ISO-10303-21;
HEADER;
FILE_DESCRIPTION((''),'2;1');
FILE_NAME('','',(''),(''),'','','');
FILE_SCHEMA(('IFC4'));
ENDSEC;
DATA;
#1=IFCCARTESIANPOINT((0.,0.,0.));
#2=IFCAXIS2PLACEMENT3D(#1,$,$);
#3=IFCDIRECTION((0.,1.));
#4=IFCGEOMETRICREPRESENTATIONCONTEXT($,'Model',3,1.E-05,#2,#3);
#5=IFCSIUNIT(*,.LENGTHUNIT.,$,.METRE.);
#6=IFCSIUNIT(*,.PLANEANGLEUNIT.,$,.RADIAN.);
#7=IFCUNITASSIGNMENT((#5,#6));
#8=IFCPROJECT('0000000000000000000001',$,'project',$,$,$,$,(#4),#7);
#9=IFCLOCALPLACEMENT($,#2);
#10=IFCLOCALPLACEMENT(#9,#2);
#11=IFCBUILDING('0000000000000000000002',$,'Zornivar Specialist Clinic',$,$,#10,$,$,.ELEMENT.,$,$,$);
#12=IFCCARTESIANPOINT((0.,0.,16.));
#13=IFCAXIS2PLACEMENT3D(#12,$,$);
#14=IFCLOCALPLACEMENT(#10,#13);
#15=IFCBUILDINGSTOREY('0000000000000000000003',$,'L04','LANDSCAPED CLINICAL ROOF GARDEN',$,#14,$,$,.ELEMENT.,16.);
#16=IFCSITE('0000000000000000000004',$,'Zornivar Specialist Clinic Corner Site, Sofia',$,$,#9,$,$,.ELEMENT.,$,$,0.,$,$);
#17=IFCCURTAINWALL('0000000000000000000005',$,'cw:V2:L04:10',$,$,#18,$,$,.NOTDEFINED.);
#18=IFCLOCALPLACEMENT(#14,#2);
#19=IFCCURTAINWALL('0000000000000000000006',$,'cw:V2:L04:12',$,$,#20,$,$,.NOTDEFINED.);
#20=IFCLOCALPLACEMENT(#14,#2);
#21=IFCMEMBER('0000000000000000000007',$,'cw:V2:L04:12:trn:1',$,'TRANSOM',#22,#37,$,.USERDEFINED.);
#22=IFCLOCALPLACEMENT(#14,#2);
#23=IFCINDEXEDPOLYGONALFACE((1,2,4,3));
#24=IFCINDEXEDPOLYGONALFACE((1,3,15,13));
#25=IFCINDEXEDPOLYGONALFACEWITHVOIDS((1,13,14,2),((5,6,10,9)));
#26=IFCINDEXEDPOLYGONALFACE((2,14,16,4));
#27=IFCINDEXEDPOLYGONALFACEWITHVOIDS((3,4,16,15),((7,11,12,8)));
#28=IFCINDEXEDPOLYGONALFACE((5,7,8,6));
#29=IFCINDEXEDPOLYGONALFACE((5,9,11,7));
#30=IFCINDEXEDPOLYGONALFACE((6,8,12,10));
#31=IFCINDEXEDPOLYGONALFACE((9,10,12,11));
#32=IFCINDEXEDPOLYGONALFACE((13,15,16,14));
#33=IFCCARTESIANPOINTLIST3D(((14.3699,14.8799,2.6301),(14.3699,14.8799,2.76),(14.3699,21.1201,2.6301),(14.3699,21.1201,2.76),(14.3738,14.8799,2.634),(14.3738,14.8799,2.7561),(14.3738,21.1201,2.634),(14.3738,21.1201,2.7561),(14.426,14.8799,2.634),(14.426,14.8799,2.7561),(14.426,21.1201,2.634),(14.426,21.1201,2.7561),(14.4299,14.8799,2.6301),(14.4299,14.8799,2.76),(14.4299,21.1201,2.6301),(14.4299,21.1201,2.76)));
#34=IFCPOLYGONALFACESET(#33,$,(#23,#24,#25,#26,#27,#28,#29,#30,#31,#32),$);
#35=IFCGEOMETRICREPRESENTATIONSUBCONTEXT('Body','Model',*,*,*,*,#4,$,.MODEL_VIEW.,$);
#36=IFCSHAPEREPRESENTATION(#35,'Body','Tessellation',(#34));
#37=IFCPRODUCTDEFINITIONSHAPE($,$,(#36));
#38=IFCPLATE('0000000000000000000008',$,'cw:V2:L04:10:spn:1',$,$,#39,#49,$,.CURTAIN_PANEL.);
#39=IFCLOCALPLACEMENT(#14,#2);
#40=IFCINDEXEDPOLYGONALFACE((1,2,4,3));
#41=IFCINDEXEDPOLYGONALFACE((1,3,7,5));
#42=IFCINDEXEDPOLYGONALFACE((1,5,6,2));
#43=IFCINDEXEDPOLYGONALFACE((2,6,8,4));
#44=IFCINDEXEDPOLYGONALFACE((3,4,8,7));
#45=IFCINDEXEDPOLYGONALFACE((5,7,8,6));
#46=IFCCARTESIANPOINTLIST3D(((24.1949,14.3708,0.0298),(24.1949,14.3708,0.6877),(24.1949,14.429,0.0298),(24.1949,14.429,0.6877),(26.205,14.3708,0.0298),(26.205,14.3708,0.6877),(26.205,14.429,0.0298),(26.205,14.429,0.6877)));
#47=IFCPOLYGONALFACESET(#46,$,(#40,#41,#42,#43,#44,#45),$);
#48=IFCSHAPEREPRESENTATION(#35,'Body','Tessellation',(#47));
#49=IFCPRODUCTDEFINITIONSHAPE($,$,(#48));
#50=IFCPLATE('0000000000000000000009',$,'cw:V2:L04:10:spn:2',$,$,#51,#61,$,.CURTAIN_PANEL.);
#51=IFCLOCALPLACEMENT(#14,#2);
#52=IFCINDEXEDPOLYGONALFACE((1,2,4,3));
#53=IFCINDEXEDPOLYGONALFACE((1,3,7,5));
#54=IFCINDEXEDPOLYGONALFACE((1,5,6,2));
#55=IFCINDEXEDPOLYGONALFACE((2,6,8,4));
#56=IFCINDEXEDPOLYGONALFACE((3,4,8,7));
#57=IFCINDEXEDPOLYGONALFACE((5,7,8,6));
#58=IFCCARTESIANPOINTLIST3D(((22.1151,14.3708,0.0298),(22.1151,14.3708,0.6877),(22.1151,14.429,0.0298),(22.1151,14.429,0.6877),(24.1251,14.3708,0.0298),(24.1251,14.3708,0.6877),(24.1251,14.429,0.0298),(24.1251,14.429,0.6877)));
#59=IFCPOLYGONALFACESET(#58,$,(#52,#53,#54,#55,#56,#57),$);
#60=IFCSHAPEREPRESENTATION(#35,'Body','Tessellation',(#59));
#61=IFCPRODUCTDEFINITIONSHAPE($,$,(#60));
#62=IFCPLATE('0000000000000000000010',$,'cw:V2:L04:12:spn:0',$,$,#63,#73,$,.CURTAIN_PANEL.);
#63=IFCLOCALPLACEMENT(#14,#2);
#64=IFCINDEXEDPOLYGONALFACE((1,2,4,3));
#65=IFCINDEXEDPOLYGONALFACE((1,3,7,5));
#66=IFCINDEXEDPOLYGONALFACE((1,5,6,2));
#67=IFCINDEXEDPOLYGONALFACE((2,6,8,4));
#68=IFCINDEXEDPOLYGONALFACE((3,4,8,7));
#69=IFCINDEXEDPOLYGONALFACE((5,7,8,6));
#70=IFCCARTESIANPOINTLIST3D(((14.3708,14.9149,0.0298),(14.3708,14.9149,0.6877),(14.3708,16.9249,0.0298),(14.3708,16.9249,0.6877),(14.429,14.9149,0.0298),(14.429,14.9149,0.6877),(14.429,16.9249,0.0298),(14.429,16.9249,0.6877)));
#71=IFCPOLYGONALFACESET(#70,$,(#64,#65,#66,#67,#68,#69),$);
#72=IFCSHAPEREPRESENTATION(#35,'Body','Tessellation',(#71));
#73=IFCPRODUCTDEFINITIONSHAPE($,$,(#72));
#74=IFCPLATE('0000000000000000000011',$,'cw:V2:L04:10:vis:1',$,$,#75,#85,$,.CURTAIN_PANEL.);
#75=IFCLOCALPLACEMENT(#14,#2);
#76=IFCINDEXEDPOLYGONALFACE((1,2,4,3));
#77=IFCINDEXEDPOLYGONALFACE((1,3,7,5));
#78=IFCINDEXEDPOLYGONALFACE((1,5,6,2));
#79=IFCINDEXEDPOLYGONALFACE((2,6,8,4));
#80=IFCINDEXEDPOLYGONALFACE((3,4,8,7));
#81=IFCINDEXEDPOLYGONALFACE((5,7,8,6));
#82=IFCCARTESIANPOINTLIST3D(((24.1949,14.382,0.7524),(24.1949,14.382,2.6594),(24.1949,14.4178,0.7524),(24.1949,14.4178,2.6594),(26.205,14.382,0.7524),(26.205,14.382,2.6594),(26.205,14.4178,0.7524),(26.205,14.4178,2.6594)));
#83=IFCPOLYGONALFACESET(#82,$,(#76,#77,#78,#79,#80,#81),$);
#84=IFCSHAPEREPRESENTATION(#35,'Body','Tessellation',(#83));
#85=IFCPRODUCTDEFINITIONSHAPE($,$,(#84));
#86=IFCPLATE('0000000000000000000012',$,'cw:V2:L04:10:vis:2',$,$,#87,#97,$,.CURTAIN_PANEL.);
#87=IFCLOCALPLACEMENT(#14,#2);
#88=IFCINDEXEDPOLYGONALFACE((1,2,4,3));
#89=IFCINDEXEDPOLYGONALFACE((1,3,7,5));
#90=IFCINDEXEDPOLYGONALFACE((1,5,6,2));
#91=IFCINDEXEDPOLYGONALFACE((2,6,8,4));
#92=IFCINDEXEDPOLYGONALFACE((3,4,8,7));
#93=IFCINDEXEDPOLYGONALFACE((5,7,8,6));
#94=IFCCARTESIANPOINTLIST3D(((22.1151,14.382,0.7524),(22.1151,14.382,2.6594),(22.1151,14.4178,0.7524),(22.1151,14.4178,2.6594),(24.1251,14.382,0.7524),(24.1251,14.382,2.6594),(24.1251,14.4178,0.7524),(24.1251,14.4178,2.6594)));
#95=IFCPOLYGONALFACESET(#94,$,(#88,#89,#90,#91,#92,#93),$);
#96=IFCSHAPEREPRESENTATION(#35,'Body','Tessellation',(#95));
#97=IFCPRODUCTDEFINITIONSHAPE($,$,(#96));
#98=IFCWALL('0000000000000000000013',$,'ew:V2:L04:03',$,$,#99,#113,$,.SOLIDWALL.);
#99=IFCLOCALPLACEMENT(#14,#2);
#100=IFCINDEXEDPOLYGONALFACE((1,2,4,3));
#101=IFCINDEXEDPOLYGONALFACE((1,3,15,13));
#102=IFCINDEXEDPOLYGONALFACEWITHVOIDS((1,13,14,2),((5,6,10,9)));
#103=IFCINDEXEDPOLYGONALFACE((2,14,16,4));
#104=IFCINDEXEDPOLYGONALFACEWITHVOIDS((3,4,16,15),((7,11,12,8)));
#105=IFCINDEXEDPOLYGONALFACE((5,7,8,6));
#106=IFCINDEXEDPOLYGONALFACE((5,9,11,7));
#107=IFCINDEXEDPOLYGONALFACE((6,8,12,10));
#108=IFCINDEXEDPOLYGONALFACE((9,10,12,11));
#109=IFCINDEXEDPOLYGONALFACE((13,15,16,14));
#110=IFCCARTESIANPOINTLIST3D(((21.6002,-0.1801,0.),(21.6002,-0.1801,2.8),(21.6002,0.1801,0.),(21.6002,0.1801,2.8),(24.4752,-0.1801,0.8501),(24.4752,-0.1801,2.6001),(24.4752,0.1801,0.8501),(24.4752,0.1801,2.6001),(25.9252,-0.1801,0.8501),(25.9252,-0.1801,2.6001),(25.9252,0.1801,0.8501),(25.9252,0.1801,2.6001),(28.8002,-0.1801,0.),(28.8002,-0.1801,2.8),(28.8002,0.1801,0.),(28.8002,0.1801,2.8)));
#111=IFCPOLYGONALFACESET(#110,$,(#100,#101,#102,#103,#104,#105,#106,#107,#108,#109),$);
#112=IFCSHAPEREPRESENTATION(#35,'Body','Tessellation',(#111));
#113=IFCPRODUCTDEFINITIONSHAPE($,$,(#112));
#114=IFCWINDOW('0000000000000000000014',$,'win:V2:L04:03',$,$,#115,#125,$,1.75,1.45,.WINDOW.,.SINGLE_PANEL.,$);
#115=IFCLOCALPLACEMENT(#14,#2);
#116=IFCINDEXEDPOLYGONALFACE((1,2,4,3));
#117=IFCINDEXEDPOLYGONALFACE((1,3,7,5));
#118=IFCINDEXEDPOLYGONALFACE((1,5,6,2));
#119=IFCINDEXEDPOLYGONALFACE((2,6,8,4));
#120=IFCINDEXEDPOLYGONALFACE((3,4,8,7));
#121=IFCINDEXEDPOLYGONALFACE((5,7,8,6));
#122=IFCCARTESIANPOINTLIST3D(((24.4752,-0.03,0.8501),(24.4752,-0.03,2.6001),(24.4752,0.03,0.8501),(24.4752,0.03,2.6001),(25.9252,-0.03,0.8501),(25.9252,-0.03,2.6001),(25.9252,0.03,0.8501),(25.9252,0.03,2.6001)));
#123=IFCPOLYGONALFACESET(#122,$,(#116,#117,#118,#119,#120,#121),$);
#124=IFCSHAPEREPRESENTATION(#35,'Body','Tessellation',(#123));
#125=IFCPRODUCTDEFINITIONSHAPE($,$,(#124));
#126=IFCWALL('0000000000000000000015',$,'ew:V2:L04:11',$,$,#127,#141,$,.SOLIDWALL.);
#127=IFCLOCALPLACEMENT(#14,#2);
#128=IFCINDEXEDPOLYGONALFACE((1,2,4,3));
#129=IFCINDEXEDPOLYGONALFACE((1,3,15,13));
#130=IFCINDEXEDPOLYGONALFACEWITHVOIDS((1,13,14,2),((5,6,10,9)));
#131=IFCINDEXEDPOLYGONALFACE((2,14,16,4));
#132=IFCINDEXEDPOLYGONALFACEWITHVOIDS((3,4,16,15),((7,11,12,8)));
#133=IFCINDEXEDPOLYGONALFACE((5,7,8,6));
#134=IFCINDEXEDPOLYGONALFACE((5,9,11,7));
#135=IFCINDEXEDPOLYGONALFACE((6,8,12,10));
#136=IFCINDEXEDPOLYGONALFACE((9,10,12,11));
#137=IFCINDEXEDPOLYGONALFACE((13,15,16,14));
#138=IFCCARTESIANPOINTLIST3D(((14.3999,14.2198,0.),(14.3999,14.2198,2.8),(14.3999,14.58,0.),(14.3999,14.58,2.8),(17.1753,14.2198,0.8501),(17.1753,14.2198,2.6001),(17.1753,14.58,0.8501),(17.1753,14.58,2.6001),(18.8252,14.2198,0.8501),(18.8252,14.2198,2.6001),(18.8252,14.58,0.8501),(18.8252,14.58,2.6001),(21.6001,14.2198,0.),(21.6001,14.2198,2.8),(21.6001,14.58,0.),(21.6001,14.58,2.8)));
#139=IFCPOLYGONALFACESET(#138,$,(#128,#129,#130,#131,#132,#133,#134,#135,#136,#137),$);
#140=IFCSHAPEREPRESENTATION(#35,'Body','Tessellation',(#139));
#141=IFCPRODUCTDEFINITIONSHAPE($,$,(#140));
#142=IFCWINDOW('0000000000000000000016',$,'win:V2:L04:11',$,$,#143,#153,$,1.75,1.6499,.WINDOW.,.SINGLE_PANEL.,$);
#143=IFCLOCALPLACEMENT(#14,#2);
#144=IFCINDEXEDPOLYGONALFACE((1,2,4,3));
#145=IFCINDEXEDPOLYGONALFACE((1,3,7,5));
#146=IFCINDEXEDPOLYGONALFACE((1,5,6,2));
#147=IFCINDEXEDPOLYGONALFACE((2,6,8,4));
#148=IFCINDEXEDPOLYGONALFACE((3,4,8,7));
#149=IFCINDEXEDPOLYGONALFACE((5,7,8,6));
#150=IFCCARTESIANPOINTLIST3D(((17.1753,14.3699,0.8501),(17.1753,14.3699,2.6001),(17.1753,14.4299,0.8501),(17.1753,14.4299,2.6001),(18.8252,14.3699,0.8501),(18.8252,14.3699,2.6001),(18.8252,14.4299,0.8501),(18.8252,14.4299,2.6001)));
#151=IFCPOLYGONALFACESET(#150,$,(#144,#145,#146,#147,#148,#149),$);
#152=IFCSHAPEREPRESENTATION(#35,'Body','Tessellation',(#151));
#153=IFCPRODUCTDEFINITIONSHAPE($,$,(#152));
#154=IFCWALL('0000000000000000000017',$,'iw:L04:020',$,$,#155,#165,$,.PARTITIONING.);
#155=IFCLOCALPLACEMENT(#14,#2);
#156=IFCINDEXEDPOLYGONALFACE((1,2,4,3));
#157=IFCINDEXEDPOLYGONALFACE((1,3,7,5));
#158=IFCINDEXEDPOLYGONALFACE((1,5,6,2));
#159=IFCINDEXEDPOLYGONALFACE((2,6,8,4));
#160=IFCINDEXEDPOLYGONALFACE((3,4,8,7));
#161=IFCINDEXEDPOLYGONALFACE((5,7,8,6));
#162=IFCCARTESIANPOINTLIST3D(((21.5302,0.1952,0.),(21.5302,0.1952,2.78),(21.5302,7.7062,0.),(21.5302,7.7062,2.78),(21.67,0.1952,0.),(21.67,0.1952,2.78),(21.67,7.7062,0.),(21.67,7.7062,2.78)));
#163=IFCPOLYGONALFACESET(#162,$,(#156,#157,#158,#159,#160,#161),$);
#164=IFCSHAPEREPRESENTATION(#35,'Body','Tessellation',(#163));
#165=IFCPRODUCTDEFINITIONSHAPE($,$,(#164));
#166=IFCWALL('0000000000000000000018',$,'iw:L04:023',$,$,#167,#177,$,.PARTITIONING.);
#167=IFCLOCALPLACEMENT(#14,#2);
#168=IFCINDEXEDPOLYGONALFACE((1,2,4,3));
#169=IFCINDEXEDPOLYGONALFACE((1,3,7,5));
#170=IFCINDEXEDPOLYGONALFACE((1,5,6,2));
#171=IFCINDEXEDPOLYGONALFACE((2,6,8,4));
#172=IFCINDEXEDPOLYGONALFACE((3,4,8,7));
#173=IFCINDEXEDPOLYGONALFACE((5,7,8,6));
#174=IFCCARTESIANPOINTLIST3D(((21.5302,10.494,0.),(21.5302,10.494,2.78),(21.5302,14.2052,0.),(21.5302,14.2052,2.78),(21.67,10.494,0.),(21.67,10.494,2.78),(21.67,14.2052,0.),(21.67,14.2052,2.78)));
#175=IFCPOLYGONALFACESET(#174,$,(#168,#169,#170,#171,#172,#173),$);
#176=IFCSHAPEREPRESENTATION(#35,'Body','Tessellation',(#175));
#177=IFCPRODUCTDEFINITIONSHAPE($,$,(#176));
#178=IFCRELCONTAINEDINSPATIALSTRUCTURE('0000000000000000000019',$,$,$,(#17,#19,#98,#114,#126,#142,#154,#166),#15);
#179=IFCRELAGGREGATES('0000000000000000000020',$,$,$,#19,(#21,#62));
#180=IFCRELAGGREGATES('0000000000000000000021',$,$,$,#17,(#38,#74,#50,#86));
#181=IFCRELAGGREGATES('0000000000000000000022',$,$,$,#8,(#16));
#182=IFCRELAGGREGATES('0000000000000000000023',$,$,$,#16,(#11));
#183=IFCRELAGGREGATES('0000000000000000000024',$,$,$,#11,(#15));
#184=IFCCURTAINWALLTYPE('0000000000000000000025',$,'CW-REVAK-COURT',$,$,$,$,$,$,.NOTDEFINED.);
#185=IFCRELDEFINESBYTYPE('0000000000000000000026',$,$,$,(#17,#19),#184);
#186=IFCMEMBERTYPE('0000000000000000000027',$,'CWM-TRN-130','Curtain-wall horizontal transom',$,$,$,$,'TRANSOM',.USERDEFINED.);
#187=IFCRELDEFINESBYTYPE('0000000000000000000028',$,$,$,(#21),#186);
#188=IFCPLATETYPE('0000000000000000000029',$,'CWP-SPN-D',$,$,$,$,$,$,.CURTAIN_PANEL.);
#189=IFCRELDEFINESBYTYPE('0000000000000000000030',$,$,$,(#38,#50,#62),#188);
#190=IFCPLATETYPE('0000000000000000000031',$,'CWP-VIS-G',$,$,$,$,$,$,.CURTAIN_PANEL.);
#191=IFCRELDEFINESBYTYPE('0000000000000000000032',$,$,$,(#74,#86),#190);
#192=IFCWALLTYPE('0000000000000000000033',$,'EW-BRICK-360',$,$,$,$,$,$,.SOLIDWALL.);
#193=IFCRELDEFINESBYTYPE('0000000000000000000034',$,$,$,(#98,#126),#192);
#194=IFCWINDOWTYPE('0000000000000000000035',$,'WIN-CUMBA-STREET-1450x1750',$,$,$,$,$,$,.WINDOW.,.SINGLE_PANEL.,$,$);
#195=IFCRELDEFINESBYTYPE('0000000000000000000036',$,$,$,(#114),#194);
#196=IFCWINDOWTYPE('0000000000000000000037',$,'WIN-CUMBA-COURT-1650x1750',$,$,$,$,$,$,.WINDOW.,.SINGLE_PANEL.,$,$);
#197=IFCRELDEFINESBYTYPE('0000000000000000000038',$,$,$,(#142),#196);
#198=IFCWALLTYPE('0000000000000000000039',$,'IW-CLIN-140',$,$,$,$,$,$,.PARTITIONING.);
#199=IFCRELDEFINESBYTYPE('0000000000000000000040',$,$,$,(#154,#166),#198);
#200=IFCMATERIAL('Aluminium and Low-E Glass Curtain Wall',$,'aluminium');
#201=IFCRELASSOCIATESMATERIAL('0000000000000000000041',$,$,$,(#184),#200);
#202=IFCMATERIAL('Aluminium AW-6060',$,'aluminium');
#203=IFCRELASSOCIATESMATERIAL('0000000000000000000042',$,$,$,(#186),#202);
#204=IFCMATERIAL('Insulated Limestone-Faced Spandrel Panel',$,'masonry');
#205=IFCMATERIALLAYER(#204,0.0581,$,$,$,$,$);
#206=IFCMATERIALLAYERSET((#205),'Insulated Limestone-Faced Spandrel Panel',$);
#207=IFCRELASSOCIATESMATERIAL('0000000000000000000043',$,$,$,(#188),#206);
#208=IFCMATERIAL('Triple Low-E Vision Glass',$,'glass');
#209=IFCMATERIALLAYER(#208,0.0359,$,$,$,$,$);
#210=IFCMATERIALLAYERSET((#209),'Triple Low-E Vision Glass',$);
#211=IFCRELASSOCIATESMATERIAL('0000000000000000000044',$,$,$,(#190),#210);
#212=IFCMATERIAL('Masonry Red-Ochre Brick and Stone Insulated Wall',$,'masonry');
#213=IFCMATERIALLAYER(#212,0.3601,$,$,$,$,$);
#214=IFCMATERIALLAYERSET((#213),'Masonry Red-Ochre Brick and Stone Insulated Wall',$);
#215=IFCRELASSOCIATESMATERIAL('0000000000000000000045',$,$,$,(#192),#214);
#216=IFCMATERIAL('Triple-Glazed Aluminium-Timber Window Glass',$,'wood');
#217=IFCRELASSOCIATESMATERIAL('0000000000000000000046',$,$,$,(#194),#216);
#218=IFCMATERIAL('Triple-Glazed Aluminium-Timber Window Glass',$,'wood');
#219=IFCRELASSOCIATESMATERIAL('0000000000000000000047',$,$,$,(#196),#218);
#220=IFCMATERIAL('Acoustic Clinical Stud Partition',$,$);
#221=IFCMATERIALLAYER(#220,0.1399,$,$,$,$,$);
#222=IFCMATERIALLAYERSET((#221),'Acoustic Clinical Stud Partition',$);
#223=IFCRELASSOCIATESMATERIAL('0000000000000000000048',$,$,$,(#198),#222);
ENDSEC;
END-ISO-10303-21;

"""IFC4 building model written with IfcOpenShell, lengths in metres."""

from ifc_helpers import new_model, si_unit, direction, frame, frame_2d, origin, origin_2d, place, context, subcontext, project, spatial, rectangle, hollow_rectangle, extrude, material, layer, layer_set, material_profile, profile_set, type_object, element, fill, aggregate, save


model = new_model("IFC4")

# Units and contexts
model_context = context("Model", 3, precision=1e-05, world=origin(), true_north=direction((0.0, 1.0)))
body_context = subcontext(model_context, "Body", "Model", "MODEL_VIEW")
ifc_project = project(units=[si_unit("LENGTHUNIT", "METRE"), si_unit("PLANEANGLEUNIT", "RADIAN")], contexts=[model_context])

# Site, building, storey
site_placement = place(None, origin())
site = spatial("IfcSite", under=ifc_project, at=site_placement, Name="Zornivar Specialist Clinic Corner Site, Sofia", CompositionType="ELEMENT", RefElevation=0.0)
building_placement = place(site_placement, origin())
building = spatial("IfcBuilding", under=site, at=building_placement, Name="Zornivar Specialist Clinic", CompositionType="ELEMENT")
storey_placement = place(building_placement, frame((0.0, 0.0, 16.0)))
storey = spatial("IfcBuildingStorey", under=building, at=storey_placement, Name="L04", Description="LANDSCAPED CLINICAL ROOF GARDEN", CompositionType="ELEMENT", Elevation=16.0)

# Curtain walls, member
ifc_material_1 = material(Name="Aluminium and Low-E Glass Curtain Wall", Category="aluminium")
curtain_wall_type = type_object("IfcCurtainWallType", Name="CW-REVAK-COURT", PredefinedType="NOTDEFINED", material=ifc_material_1)
curtain_wall_1_placement = place(storey_placement, origin())
curtain_wall_1 = element("IfcCurtainWall", 1, at=curtain_wall_1_placement, inside=storey, type_object=curtain_wall_type, Name="cw:V2:L04:10", PredefinedType="NOTDEFINED")
curtain_wall_2_placement = place(storey_placement, origin())
curtain_wall_2 = element("IfcCurtainWall", 2, at=curtain_wall_2_placement, inside=storey, type_object=curtain_wall_type, Name="cw:V2:L04:12", PredefinedType="NOTDEFINED")
ifc_material_2 = material(Name="Aluminium AW-6060", Category="aluminium")
ifc_material_profile_1 = material_profile(ifc_material_2, hollow_rectangle(XDim=0.0601, YDim=0.1299, WallThickness=0.0039, at=origin_2d()), Name="ALU 60x130x4")
ifc_profile_set_1 = profile_set([ifc_material_profile_1], Name="Aluminium AW-6060")
member_type_1 = type_object("IfcMemberType", Name="CWM-TRN-130", Description="Curtain-wall horizontal transom", ElementType="TRANSOM", PredefinedType="USERDEFINED", material=ifc_profile_set_1)
member_1_placement = place(storey_placement, frame((14.3999, 14.8799, 2.6951), z_axis=(0.0, 1.0, 0.0), x_axis=(-1.0, 0.0, 0.0)))
member_1 = element("IfcMember", 3, at=member_1_placement, type_object=member_type_1, Name="cw:V2:L04:12:trn:1", ObjectType="TRANSOM", PredefinedType="USERDEFINED", context=body_context, shape_type="SweptSolid", body=[
    extrude(hollow_rectangle(XDim=0.0601, YDim=0.1299, WallThickness=0.0039, at=origin_2d()), origin(), (0.0, 0.0, 1.0), 6.2402),
])

# Plates
ifc_material_3 = material(Name="Insulated Limestone-Faced Spandrel Panel", Category="masonry")
ifc_layer_1 = layer(ifc_material_3, 0.0581)
ifc_layer_set_1 = layer_set([ifc_layer_1], Name="Insulated Limestone-Faced Spandrel Panel")
plate_type_1 = type_object("IfcPlateType", Name="CWP-SPN-D", PredefinedType="CURTAIN_PANEL", material=ifc_layer_set_1)
plate_1_placement = place(storey_placement, frame((25.2, 14.3999, 0.0298), z_axis=(0.0, 0.0, 1.0), x_axis=(-1.0, 0.0, 0.0)))
plate_1 = element("IfcPlate", 4, at=plate_1_placement, type_object=plate_type_1, Name="cw:V2:L04:10:spn:1", PredefinedType="CURTAIN_PANEL", context=body_context, shape_type="SweptSolid", body=[
    extrude(rectangle(XDim=2.01, YDim=0.0581, at=origin_2d()), origin(), (0.0, 0.0, 1.0), 0.658),
])
plate_2_placement = place(storey_placement, frame((23.1201, 14.3999, 0.0298), z_axis=(0.0, 0.0, 1.0), x_axis=(-1.0, 0.0, 0.0)))
plate_2 = element("IfcPlate", 5, at=plate_2_placement, type_object=plate_type_1, Name="cw:V2:L04:10:spn:2", PredefinedType="CURTAIN_PANEL", context=body_context, shape_type="SweptSolid", body=[
    extrude(rectangle(XDim=2.01, YDim=0.0581, at=origin_2d()), origin(), (0.0, 0.0, 1.0), 0.658),
])
plate_3_placement = place(storey_placement, frame((14.3999, 15.9199, 0.0298), z_axis=(0.0, 0.0, 1.0), x_axis=(0.0, 1.0, 0.0)))
plate_3 = element("IfcPlate", 6, at=plate_3_placement, type_object=plate_type_1, Name="cw:V2:L04:12:spn:0", PredefinedType="CURTAIN_PANEL", context=body_context, shape_type="SweptSolid", body=[
    extrude(rectangle(XDim=2.01, YDim=0.0581, at=origin_2d()), origin(), (0.0, 0.0, 1.0), 0.658),
])
aggregate(curtain_wall_2, [member_1, plate_3])
ifc_material_4 = material(Name="Triple Low-E Vision Glass", Category="glass")
ifc_layer_2 = layer(ifc_material_4, 0.0359)
ifc_layer_set_2 = layer_set([ifc_layer_2], Name="Triple Low-E Vision Glass")
plate_type_2 = type_object("IfcPlateType", Name="CWP-VIS-G", PredefinedType="CURTAIN_PANEL", material=ifc_layer_set_2)
plate_4_placement = place(storey_placement, frame((25.2, 14.3999, 0.7524), z_axis=(0.0, 0.0, 1.0), x_axis=(-1.0, 0.0, 0.0)))
plate_4 = element("IfcPlate", 7, at=plate_4_placement, type_object=plate_type_2, Name="cw:V2:L04:10:vis:1", PredefinedType="CURTAIN_PANEL", context=body_context, shape_type="SweptSolid", body=[
    extrude(rectangle(XDim=2.01, YDim=0.0359, at=origin_2d()), origin(), (0.0, 0.0, 1.0), 1.907),
])
plate_5_placement = place(storey_placement, frame((23.1201, 14.3999, 0.7524), z_axis=(0.0, 0.0, 1.0), x_axis=(-1.0, 0.0, 0.0)))
plate_5 = element("IfcPlate", 8, at=plate_5_placement, type_object=plate_type_2, Name="cw:V2:L04:10:vis:2", PredefinedType="CURTAIN_PANEL", context=body_context, shape_type="SweptSolid", body=[
    extrude(rectangle(XDim=2.01, YDim=0.0359, at=origin_2d()), origin(), (0.0, 0.0, 1.0), 1.907),
])
aggregate(curtain_wall_1, [plate_1, plate_4, plate_2, plate_5])

# Walls, openings, windows
ifc_material_5 = material(Name="Masonry Red-Ochre Brick and Stone Insulated Wall", Category="masonry")
ifc_layer_3 = layer(ifc_material_5, 0.3601)
ifc_layer_set_3 = layer_set([ifc_layer_3], Name="Masonry Red-Ochre Brick and Stone Insulated Wall")
wall_type_1 = type_object("IfcWallType", Name="EW-BRICK-360", PredefinedType="SOLIDWALL", material=ifc_layer_set_3)
wall_1_placement = place(storey_placement, frame((21.6001, 0.0, 0.0), z_axis=(0.0, 0.0, 1.0), x_axis=(1.0, 0.0, 0.0)))
wall_1 = element("IfcWall", 9, at=wall_1_placement, inside=storey, type_object=wall_type_1, Name="ew:V2:L04:03", PredefinedType="SOLIDWALL", context=body_context, shape_type="SweptSolid", body=[
    extrude(rectangle(XDim=7.2, YDim=0.3601, at=frame_2d((3.6001, 0.0))), origin(), (0.0, 0.0, 1.0), 2.8),
])
opening_1_placement = place(wall_1_placement, frame((2.875, 0.0, 0.8501)))
opening_1 = element("IfcOpeningElement", 10, at=opening_1_placement, cuts=wall_1, PredefinedType="OPENING", context=body_context, shape_type="SweptSolid", body=[
    extrude(rectangle(XDim=1.45, YDim=1.75, at=frame_2d((0.7251, 0.875))), frame((0.0, 0.1899, 0.0), z_axis=(0.0, -1.0, 0.0), x_axis=(1.0, 0.0, 0.0)), (0.0, 0.0, 1.0), 0.3801),
])
ifc_material_6 = material(Name="Triple-Glazed Aluminium-Timber Window Glass", Category="wood")
window_type_1 = type_object("IfcWindowType", Name="WIN-CUMBA-STREET-1450x1750", PartitioningType="SINGLE_PANEL", PredefinedType="WINDOW", material=ifc_material_6)
window_1_placement = place(opening_1_placement, origin())
window_1 = element("IfcWindow", 11, at=window_1_placement, inside=storey, type_object=window_type_1, Name="win:V2:L04:03", OverallHeight=1.75, OverallWidth=1.45, PartitioningType="SINGLE_PANEL", PredefinedType="WINDOW", context=body_context, shape_type="SweptSolid", body=[
    extrude(rectangle(XDim=1.45, YDim=1.75, at=frame_2d((0.7251, 0.875))), frame((0.0, 0.03, 0.0), z_axis=(0.0, -1.0, 0.0), x_axis=(1.0, 0.0, 0.0)), (0.0, 0.0, 1.0), 0.0601),
])
fill(opening_1, window_1)
wall_2_placement = place(storey_placement, frame((21.6001, 14.3999, 0.0), z_axis=(0.0, 0.0, 1.0), x_axis=(-1.0, 0.0, 0.0)))
wall_2 = element("IfcWall", 12, at=wall_2_placement, inside=storey, type_object=wall_type_1, Name="ew:V2:L04:11", PredefinedType="SOLIDWALL", context=body_context, shape_type="SweptSolid", body=[
    extrude(rectangle(XDim=7.2002, YDim=0.3601, at=frame_2d((3.6001, 0.0))), origin(), (0.0, 0.0, 1.0), 2.8),
])
opening_2_placement = place(wall_2_placement, frame((2.7749, 0.0, 0.8501)))
opening_2 = element("IfcOpeningElement", 13, at=opening_2_placement, cuts=wall_2, PredefinedType="OPENING", context=body_context, shape_type="SweptSolid", body=[
    extrude(rectangle(XDim=1.6499, YDim=1.75, at=frame_2d((0.825, 0.875))), frame((0.0, 0.1899, 0.0), z_axis=(0.0, -1.0, 0.0), x_axis=(1.0, 0.0, 0.0)), (0.0, 0.0, 1.0), 0.3801),
])
ifc_material_7 = material(Name="Triple-Glazed Aluminium-Timber Window Glass", Category="wood")
window_type_2 = type_object("IfcWindowType", Name="WIN-CUMBA-COURT-1650x1750", PartitioningType="SINGLE_PANEL", PredefinedType="WINDOW", material=ifc_material_7)
window_2_placement = place(opening_2_placement, origin())
window_2 = element("IfcWindow", 14, at=window_2_placement, inside=storey, type_object=window_type_2, Name="win:V2:L04:11", OverallHeight=1.75, OverallWidth=1.6499, PartitioningType="SINGLE_PANEL", PredefinedType="WINDOW", context=body_context, shape_type="SweptSolid", body=[
    extrude(rectangle(XDim=1.6499, YDim=1.75, at=frame_2d((0.825, 0.875))), frame((0.0, 0.03, 0.0), z_axis=(0.0, -1.0, 0.0), x_axis=(1.0, 0.0, 0.0)), (0.0, 0.0, 1.0), 0.0601),
])
fill(opening_2, window_2)

# Walls
ifc_material_8 = material(Name="Acoustic Clinical Stud Partition")
ifc_layer_4 = layer(ifc_material_8, 0.1399)
ifc_layer_set_4 = layer_set([ifc_layer_4], Name="Acoustic Clinical Stud Partition")
wall_type_2 = type_object("IfcWallType", Name="IW-CLIN-140", PredefinedType="PARTITIONING", material=ifc_layer_set_4)
wall_3_placement = place(storey_placement, frame((21.6001, 7.7061, 0.0), z_axis=(0.0, 0.0, 1.0), x_axis=(0.0, -1.0, 0.0)))
element("IfcWall", 15, at=wall_3_placement, inside=storey, type_object=wall_type_2, Name="iw:L04:020", PredefinedType="PARTITIONING", context=body_context, shape_type="SweptSolid", body=[
    extrude(rectangle(XDim=7.511, YDim=0.1399, at=frame_2d((3.7554, 0.0))), origin(), (0.0, 0.0, 1.0), 2.78),
])
wall_4_placement = place(storey_placement, frame((21.6001, 14.2051, 0.0), z_axis=(0.0, 0.0, 1.0), x_axis=(0.0, -1.0, 0.0)))
element("IfcWall", 16, at=wall_4_placement, inside=storey, type_object=wall_type_2, Name="iw:L04:023", PredefinedType="PARTITIONING", context=body_context, shape_type="SweptSolid", body=[
    extrude(rectangle(XDim=3.7112, YDim=0.1399, at=frame_2d((1.8555, 0.0))), origin(), (0.0, 0.0, 1.0), 2.78),
])

save(model, "model.ifc")
